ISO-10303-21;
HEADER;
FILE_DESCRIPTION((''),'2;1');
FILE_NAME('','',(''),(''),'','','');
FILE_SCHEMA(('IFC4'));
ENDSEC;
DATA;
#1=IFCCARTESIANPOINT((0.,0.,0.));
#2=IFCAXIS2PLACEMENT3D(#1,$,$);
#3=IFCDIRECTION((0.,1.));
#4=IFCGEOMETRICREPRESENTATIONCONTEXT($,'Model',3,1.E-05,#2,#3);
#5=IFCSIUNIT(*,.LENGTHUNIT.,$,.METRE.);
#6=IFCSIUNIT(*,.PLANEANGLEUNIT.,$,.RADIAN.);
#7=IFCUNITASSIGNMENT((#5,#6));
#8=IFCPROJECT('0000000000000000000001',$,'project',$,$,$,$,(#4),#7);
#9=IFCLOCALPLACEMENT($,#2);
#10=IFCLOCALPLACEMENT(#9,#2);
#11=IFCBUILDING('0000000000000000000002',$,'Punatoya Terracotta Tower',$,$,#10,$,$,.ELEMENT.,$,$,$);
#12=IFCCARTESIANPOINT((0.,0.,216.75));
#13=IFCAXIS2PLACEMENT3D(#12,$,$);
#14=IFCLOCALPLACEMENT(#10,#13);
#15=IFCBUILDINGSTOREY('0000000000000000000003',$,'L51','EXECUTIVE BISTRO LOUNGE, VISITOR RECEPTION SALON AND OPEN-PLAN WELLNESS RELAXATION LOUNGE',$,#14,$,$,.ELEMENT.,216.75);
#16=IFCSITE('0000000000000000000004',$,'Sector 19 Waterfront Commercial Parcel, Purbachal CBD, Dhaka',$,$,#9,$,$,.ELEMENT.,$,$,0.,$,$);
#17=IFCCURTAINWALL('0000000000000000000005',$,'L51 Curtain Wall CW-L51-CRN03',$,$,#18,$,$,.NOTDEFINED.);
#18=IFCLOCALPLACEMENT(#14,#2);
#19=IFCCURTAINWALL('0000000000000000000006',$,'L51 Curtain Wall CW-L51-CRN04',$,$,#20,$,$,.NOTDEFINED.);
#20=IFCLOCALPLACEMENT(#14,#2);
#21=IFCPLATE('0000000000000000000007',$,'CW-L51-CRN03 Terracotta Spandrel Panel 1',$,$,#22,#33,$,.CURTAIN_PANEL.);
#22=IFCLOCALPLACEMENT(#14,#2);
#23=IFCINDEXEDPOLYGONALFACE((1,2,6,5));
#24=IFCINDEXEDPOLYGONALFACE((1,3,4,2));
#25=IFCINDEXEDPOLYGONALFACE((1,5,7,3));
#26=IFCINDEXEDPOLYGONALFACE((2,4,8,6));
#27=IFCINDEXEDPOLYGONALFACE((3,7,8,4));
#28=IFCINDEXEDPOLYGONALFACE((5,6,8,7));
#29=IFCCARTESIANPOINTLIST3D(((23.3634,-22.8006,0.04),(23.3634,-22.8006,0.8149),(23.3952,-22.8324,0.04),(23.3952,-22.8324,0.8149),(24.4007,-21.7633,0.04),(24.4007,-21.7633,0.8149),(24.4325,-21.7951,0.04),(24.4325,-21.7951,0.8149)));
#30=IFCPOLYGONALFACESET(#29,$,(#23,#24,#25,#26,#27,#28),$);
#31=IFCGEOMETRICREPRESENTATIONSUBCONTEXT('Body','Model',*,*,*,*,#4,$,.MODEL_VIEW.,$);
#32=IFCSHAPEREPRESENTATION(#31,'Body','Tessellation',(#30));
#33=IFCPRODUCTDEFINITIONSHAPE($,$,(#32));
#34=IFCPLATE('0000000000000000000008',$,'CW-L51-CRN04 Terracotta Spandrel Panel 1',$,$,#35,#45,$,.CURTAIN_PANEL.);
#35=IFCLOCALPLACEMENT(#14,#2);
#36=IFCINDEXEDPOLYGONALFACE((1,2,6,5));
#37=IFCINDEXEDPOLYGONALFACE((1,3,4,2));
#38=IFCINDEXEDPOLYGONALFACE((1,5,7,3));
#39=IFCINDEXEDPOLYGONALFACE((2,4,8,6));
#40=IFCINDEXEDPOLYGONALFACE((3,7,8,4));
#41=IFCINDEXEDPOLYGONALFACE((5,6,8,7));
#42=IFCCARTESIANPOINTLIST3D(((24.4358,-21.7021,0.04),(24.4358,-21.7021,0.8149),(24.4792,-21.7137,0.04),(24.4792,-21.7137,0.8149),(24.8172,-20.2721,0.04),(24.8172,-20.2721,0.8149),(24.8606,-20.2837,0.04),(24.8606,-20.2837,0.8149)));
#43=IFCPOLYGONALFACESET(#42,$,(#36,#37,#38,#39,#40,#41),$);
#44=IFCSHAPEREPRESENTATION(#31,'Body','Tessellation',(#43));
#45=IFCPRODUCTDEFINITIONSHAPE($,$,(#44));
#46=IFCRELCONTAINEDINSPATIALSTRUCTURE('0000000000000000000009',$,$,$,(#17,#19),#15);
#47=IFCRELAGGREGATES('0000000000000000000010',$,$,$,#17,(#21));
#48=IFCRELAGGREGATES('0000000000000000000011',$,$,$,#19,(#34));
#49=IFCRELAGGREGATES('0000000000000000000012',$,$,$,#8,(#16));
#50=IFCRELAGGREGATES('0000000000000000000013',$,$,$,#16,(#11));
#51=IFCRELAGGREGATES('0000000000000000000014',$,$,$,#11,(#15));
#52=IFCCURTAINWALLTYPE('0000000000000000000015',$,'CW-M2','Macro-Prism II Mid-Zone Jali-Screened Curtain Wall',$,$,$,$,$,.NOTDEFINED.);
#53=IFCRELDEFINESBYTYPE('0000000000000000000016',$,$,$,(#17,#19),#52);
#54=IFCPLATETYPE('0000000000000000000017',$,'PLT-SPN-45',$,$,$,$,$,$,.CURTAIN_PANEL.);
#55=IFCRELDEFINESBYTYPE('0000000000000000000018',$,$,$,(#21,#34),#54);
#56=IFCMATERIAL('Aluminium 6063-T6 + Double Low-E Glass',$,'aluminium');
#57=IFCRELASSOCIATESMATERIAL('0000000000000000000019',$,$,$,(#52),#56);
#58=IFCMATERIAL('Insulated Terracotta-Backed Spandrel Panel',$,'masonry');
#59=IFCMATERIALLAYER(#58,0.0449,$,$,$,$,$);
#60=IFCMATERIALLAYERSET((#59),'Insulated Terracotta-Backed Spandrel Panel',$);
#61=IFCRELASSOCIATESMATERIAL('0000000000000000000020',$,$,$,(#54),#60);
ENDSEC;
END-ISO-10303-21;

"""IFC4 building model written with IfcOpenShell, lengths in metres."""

from ifc_helpers import new_model, si_unit, direction, frame, origin, origin_2d, place, context, subcontext, project, spatial, rectangle, extrude, material, layer, layer_set, type_object, element, aggregate, save


model = new_model("IFC4")

# Units and contexts
model_context = context("Model", 3, precision=1e-05, world=origin(), true_north=direction((0.0, 1.0)))
body_context = subcontext(model_context, "Body", "Model", "MODEL_VIEW")
ifc_project = project(units=[si_unit("LENGTHUNIT", "METRE"), si_unit("PLANEANGLEUNIT", "RADIAN")], contexts=[model_context])

# Site, building, storey
site_placement = place(None, origin())
site = spatial("IfcSite", under=ifc_project, at=site_placement, Name="Sector 19 Waterfront Commercial Parcel, Purbachal CBD, Dhaka", CompositionType="ELEMENT", RefElevation=0.0)
building_placement = place(site_placement, origin())
building = spatial("IfcBuilding", under=site, at=building_placement, Name="Punatoya Terracotta Tower", CompositionType="ELEMENT")
storey_placement = place(building_placement, frame((0.0, 0.0, 216.75)))
storey = spatial("IfcBuildingStorey", under=building, at=storey_placement, Name="L51", Description="EXECUTIVE BISTRO LOUNGE, VISITOR RECEPTION SALON AND OPEN-PLAN WELLNESS RELAXATION LOUNGE", CompositionType="ELEMENT", Elevation=216.75)

# Shared definitions
ifc_material_1 = material(Name="Aluminium 6063-T6 + Double Low-E Glass", Category="aluminium")
curtain_wall_type = type_object("IfcCurtainWallType", Name="CW-M2", Description="Macro-Prism II Mid-Zone Jali-Screened Curtain Wall", PredefinedType="NOTDEFINED", material=ifc_material_1)

# Curtain walls
curtain_wall_1_placement = place(storey_placement, origin())
curtain_wall_1 = element("IfcCurtainWall", 1, at=curtain_wall_1_placement, inside=storey, type_object=curtain_wall_type, Name="L51 Curtain Wall CW-L51-CRN03", PredefinedType="NOTDEFINED")
curtain_wall_2_placement = place(storey_placement, origin())
curtain_wall_2 = element("IfcCurtainWall", 2, at=curtain_wall_2_placement, inside=storey, type_object=curtain_wall_type, Name="L51 Curtain Wall CW-L51-CRN04", PredefinedType="NOTDEFINED")

# Plates
ifc_material_2 = material(Name="Insulated Terracotta-Backed Spandrel Panel", Category="masonry")
ifc_layer_1 = layer(ifc_material_2, 0.0449)
ifc_layer_set_1 = layer_set([ifc_layer_1], Name="Insulated Terracotta-Backed Spandrel Panel")
plate_type_1 = type_object("IfcPlateType", Name="PLT-SPN-45", PredefinedType="CURTAIN_PANEL", material=ifc_layer_set_1)
plate_1_placement = place(storey_placement, frame((23.8979, -22.2979, 0.04), z_axis=(0.0, 0.0, 1.0), x_axis=(0.707107, 0.707107, 0.0)))
plate_1 = element("IfcPlate", 3, at=plate_1_placement, type_object=plate_type_1, Name="CW-L51-CRN03 Terracotta Spandrel Panel 1", PredefinedType="CURTAIN_PANEL", context=body_context, shape_type="SweptSolid", body=[
    extrude(rectangle(XDim=1.467, YDim=0.0449, at=origin_2d()), origin(), (0.0, 0.0, 1.0), 0.7749),
])
aggregate(curtain_wall_1, [plate_1])
plate_2_placement = place(storey_placement, frame((24.6482, -20.9929, 0.04), z_axis=(0.0, 0.0, 1.0), x_axis=(0.257742, 0.966214, 0.0)))
plate_2 = element("IfcPlate", 4, at=plate_2_placement, type_object=plate_type_1, Name="CW-L51-CRN04 Terracotta Spandrel Panel 1", PredefinedType="CURTAIN_PANEL", context=body_context, shape_type="SweptSolid", body=[
    extrude(rectangle(XDim=1.48, YDim=0.0449, at=origin_2d()), origin(), (0.0, 0.0, 1.0), 0.7749),
])
aggregate(curtain_wall_2, [plate_2])

save(model, "model.ifc")
